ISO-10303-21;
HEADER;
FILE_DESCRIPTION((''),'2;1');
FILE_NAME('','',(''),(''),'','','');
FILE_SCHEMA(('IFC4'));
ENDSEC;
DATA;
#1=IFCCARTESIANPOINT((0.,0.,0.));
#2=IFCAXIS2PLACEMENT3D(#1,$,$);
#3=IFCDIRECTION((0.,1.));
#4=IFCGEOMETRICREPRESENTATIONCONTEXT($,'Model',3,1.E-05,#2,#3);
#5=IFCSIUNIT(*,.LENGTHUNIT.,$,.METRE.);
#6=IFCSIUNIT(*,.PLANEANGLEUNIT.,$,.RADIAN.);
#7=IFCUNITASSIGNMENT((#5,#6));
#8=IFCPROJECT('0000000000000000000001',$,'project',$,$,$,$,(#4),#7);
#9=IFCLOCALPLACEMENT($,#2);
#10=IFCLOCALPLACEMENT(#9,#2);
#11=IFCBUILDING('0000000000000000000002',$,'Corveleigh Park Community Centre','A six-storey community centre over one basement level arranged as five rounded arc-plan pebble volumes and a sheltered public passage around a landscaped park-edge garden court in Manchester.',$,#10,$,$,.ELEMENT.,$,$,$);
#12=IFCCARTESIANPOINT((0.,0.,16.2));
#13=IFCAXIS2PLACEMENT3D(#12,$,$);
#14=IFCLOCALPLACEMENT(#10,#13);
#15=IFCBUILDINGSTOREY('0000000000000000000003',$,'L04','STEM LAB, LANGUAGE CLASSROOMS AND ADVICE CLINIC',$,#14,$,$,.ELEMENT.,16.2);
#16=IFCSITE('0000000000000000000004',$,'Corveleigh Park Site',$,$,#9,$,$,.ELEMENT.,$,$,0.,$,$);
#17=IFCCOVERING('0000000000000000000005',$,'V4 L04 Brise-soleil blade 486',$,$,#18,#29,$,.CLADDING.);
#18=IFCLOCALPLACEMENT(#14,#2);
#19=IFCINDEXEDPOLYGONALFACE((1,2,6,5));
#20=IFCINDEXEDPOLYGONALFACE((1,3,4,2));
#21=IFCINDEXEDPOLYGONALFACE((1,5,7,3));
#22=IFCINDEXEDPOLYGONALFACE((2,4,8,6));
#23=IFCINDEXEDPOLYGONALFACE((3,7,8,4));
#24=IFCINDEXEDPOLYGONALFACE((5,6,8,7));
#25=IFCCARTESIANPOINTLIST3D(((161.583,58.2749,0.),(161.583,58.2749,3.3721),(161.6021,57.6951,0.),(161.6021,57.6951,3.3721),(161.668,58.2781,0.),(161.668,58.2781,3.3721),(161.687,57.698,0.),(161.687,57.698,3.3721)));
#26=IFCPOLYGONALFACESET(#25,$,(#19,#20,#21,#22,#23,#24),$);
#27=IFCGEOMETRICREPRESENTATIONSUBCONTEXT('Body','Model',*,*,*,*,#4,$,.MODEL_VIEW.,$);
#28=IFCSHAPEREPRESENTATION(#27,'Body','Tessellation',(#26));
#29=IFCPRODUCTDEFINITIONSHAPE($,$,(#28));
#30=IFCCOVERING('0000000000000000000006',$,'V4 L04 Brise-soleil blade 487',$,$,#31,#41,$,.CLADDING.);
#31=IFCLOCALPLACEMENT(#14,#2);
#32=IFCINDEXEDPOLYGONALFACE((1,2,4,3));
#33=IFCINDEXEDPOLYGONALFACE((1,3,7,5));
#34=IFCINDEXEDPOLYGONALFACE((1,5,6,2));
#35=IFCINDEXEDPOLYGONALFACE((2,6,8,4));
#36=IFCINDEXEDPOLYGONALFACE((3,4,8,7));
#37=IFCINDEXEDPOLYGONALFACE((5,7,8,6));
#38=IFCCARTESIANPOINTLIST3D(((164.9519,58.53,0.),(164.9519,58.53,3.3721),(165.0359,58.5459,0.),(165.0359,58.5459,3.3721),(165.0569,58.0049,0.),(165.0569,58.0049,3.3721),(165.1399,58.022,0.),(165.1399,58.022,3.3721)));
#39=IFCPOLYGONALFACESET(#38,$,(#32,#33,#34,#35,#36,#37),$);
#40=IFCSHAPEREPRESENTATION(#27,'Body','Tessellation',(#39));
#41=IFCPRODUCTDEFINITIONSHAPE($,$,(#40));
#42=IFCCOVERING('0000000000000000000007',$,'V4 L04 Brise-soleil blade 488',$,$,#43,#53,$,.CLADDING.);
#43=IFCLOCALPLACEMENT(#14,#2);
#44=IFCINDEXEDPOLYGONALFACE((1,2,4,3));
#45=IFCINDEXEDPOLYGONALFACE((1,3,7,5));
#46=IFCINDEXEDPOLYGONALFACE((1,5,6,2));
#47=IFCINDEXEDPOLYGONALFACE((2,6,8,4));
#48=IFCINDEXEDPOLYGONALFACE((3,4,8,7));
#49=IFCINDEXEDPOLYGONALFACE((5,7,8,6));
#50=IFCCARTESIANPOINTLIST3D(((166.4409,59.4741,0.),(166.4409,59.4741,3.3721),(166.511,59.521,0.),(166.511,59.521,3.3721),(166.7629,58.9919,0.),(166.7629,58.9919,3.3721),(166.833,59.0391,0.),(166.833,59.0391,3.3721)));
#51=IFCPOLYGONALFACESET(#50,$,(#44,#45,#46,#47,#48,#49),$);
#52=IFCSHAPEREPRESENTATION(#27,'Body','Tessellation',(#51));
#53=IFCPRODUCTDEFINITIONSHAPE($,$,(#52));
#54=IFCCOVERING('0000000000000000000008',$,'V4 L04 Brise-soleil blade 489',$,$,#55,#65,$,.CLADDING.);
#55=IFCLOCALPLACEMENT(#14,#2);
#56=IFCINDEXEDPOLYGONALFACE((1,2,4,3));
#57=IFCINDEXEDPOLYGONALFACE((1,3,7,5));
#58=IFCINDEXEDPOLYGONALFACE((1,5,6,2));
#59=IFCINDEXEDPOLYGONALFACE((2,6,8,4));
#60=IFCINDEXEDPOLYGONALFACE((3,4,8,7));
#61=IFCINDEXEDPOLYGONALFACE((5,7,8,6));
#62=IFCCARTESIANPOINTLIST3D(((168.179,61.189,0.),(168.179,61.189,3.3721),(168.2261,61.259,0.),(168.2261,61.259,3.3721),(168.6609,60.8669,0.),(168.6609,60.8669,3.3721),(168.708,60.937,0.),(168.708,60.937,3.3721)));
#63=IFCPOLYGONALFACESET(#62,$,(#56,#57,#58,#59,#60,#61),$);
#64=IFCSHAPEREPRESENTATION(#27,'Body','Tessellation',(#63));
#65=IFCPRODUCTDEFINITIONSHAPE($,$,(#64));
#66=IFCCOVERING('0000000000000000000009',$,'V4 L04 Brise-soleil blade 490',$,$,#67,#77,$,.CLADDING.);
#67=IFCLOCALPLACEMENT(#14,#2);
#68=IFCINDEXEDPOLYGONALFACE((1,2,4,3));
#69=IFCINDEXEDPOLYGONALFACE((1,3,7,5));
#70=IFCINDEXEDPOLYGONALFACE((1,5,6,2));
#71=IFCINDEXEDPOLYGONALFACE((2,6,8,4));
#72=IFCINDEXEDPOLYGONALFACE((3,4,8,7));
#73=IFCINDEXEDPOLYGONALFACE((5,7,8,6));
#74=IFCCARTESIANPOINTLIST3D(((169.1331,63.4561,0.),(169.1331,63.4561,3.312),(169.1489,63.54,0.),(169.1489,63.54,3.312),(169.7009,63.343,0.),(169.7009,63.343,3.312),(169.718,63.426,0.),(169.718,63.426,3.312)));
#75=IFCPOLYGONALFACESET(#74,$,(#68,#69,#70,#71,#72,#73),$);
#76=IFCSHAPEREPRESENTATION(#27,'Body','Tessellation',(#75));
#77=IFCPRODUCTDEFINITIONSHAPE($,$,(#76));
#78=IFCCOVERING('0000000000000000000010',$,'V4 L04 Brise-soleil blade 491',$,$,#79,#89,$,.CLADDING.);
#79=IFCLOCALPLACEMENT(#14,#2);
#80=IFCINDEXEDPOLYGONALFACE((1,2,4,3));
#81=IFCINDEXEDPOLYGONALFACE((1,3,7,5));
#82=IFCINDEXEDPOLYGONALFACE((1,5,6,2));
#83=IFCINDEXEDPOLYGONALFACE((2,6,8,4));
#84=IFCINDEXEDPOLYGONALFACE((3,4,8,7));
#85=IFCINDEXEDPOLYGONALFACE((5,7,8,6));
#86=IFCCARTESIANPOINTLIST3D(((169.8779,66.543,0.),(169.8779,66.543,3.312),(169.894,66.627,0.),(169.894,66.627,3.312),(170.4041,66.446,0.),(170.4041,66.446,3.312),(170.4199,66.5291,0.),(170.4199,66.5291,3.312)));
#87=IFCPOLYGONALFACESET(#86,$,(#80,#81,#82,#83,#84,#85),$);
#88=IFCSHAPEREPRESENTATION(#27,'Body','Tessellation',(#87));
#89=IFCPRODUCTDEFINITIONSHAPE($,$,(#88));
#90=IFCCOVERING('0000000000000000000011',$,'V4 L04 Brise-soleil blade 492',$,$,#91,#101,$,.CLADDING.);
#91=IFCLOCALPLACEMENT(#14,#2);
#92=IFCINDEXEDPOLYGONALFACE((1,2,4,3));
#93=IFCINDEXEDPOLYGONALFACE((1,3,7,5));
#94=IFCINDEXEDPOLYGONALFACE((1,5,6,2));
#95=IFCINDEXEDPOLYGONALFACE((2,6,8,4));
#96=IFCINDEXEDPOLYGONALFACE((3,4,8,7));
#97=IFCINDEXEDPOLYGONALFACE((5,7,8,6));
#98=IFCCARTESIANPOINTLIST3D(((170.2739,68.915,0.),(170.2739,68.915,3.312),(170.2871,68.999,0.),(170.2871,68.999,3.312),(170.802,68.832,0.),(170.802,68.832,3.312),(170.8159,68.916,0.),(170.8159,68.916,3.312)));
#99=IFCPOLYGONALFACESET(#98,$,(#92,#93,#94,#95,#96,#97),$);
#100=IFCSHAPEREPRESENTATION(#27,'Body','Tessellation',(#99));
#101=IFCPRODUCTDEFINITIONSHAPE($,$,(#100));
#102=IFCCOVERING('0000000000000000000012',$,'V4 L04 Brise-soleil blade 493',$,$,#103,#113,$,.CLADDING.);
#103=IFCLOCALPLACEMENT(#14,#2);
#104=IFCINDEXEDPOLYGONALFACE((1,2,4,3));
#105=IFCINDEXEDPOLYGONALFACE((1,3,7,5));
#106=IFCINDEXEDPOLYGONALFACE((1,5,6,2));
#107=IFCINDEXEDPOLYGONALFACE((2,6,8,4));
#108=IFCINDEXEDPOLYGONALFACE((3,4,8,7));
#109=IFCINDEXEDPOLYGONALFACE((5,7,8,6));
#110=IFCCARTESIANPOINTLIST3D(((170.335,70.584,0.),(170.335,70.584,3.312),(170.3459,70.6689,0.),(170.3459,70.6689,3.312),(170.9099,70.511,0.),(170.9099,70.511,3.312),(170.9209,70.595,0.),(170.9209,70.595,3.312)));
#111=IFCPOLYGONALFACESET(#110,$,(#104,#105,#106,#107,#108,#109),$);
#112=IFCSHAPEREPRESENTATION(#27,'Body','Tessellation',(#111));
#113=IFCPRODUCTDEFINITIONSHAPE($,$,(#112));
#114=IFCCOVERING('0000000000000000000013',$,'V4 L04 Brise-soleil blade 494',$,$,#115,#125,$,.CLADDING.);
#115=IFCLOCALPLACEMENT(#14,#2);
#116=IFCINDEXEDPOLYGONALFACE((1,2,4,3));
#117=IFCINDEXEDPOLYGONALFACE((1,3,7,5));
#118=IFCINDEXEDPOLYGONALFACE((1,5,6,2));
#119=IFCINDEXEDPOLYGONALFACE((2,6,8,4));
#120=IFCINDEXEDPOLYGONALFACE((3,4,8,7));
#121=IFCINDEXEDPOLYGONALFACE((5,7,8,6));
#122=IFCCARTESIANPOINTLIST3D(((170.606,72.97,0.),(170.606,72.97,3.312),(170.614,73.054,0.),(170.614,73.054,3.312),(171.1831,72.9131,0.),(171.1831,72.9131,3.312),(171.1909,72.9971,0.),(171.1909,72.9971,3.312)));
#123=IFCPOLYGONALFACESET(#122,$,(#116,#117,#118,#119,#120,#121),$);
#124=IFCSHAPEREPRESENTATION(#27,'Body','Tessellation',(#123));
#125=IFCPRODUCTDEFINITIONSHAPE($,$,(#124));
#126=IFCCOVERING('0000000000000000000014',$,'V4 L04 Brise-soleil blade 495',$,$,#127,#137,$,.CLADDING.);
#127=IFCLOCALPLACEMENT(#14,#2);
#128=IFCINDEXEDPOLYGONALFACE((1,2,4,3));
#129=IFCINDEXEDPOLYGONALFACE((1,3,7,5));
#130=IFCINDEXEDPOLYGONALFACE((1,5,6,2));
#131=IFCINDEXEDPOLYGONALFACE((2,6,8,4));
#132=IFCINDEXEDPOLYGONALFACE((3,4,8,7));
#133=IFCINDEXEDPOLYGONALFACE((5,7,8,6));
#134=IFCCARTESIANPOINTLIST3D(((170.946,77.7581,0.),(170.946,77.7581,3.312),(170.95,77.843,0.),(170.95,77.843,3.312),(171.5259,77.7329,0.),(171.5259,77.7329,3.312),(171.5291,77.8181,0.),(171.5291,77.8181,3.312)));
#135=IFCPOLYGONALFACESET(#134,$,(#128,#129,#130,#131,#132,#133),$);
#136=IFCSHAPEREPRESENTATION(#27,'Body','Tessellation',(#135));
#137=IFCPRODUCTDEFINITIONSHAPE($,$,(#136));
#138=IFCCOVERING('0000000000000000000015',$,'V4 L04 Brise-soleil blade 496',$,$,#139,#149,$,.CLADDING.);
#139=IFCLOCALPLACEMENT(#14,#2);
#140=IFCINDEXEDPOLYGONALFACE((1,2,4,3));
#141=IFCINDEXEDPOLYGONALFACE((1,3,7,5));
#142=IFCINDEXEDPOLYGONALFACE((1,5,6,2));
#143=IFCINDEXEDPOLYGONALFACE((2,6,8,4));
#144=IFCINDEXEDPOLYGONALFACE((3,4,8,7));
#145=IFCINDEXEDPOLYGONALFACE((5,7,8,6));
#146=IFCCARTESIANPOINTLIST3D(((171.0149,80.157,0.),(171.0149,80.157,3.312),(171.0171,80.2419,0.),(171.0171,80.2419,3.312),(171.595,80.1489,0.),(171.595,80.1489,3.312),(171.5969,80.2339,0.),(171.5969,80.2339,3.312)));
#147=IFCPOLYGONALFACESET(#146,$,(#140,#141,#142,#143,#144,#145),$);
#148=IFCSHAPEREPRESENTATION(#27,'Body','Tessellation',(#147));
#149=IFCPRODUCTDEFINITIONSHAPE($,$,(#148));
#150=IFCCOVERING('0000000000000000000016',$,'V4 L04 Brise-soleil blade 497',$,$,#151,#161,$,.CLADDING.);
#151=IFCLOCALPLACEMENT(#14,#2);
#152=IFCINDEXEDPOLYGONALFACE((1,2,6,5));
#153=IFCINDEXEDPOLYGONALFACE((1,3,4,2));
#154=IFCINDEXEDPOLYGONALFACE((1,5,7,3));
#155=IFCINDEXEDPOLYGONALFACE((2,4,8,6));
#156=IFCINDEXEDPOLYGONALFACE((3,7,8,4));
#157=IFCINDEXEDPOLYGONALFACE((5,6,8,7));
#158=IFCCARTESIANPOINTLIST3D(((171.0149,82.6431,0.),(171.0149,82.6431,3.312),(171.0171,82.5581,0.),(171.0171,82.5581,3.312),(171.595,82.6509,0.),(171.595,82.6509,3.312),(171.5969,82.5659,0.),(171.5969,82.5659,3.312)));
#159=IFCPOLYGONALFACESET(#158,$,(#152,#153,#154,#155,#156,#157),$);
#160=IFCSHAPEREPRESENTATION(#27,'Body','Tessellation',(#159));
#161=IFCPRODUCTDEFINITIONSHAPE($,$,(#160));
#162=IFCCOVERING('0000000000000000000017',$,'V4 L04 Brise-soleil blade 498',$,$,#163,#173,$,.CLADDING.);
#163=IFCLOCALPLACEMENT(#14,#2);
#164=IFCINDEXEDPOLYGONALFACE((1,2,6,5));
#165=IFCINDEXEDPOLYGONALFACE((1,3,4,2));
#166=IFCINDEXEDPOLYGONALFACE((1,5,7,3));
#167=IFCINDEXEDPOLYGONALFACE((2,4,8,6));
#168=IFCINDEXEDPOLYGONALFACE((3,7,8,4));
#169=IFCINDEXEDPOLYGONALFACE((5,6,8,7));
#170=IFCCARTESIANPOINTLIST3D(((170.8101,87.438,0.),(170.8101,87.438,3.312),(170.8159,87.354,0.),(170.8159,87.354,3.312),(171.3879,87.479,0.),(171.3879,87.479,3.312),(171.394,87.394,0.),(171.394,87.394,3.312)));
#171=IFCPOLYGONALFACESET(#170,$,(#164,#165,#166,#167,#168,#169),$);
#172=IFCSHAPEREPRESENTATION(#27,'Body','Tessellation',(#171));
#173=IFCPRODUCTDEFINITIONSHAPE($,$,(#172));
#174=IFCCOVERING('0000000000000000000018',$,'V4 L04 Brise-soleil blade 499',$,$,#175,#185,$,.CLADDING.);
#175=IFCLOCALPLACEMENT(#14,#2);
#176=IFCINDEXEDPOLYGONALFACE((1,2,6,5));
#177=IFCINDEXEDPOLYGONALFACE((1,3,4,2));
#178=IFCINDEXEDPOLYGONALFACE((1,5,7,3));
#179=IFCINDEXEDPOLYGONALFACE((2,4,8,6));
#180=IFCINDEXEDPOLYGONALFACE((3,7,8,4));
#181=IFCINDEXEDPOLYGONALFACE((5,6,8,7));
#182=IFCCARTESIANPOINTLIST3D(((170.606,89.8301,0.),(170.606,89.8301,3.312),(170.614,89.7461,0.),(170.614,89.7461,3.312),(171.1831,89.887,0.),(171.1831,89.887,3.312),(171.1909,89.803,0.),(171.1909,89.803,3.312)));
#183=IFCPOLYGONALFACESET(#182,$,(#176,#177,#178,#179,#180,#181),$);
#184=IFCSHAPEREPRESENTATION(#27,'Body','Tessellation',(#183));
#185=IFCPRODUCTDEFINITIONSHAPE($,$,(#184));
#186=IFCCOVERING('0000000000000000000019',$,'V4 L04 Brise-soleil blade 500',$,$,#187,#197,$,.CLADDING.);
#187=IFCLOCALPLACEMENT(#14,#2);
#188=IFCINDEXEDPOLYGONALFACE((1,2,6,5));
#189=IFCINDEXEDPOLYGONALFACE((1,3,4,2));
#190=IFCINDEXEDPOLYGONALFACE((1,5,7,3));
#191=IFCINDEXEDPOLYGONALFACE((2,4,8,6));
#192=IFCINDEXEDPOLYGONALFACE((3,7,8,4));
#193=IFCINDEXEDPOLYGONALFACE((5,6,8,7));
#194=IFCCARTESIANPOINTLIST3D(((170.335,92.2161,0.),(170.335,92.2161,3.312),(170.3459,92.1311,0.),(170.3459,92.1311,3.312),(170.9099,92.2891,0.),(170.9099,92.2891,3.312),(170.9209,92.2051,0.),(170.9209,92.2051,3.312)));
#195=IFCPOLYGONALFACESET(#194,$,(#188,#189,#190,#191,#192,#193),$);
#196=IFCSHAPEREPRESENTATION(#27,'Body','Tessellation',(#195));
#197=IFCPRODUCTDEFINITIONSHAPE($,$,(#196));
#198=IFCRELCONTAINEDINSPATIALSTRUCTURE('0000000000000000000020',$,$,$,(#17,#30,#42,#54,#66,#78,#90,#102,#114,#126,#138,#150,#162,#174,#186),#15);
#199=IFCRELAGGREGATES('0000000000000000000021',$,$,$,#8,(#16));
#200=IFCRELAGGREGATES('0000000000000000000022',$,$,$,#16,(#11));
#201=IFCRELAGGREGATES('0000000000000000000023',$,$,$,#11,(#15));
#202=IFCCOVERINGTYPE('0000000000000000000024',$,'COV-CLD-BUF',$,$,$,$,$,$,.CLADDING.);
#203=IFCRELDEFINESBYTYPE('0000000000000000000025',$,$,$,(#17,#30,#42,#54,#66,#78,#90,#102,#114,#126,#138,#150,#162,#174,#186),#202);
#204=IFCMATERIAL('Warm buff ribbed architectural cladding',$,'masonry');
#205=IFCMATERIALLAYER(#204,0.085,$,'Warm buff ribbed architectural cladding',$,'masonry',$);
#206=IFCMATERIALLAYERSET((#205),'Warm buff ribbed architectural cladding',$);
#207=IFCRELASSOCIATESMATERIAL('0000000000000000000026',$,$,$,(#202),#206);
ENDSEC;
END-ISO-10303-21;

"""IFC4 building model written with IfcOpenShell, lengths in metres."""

from ifc_helpers import new_model, si_unit, direction, frame, origin, place, context, subcontext, project, spatial, polyline, outline, extrude, material, layer, layer_set, type_object, element, save


model = new_model("IFC4")

# Units and contexts
model_context = context("Model", 3, precision=1e-05, world=origin(), true_north=direction((0.0, 1.0)))
body_context = subcontext(model_context, "Body", "Model", "MODEL_VIEW")
ifc_project = project(units=[si_unit("LENGTHUNIT", "METRE"), si_unit("PLANEANGLEUNIT", "RADIAN")], contexts=[model_context])

# Site, building, storey
site_placement = place(None, origin())
site = spatial("IfcSite", under=ifc_project, at=site_placement, Name="Corveleigh Park Site", CompositionType="ELEMENT", RefElevation=0.0)
building_placement = place(site_placement, origin())
building = spatial("IfcBuilding", under=site, at=building_placement, Name="Corveleigh Park Community Centre", Description="A six-storey community centre over one basement level arranged as five rounded arc-plan pebble volumes and a sheltered public passage around a landscaped park-edge garden court in Manchester.", CompositionType="ELEMENT")
storey_placement = place(building_placement, frame((0.0, 0.0, 16.2)))
storey = spatial("IfcBuildingStorey", under=building, at=storey_placement, Name="L04", Description="STEM LAB, LANGUAGE CLASSROOMS AND ADVICE CLINIC", CompositionType="ELEMENT", Elevation=16.2)

# Coverings
ifc_material_1 = material(Name="Warm buff ribbed architectural cladding", Category="masonry")
ifc_layer_1 = layer(ifc_material_1, 0.085, Name="Warm buff ribbed architectural cladding", Category="masonry")
ifc_layer_set_1 = layer_set([ifc_layer_1], Name="Warm buff ribbed architectural cladding")
covering_type = type_object("IfcCoveringType", Name="COV-CLD-BUF", PredefinedType="CLADDING", material=ifc_layer_set_1)
covering_1_placement = place(storey_placement, origin())
element("IfcCovering", 1, at=covering_1_placement, inside=storey, type_object=covering_type, Name="V4 L04 Brise-soleil blade 486", PredefinedType="CLADDING", context=body_context, shape_type="SweptSolid", body=[
    extrude(outline(polyline([(161.668, 58.2781), (161.583, 58.2749), (161.6021, 57.6951), (161.687, 57.698), (161.668, 58.2781)])), origin(), (0.0, 0.0, 1.0), 3.3721),
])
covering_2_placement = place(storey_placement, origin())
element("IfcCovering", 2, at=covering_2_placement, inside=storey, type_object=covering_type, Name="V4 L04 Brise-soleil blade 487", PredefinedType="CLADDING", context=body_context, shape_type="SweptSolid", body=[
    extrude(outline(polyline([(165.0359, 58.5459), (164.9519, 58.53), (165.0569, 58.0049), (165.1399, 58.022), (165.0359, 58.5459)])), origin(), (0.0, 0.0, 1.0), 3.3721),
])
covering_3_placement = place(storey_placement, origin())
element("IfcCovering", 3, at=covering_3_placement, inside=storey, type_object=covering_type, Name="V4 L04 Brise-soleil blade 488", PredefinedType="CLADDING", context=body_context, shape_type="SweptSolid", body=[
    extrude(outline(polyline([(166.511, 59.521), (166.4409, 59.4741), (166.7629, 58.9919), (166.833, 59.0391), (166.511, 59.521)])), origin(), (0.0, 0.0, 1.0), 3.3721),
])
covering_4_placement = place(storey_placement, origin())
element("IfcCovering", 4, at=covering_4_placement, inside=storey, type_object=covering_type, Name="V4 L04 Brise-soleil blade 489", PredefinedType="CLADDING", context=body_context, shape_type="SweptSolid", body=[
    extrude(outline(polyline([(168.2261, 61.259), (168.179, 61.189), (168.6609, 60.8669), (168.708, 60.937), (168.2261, 61.259)])), origin(), (0.0, 0.0, 1.0), 3.3721),
])
covering_5_placement = place(storey_placement, origin())
element("IfcCovering", 5, at=covering_5_placement, inside=storey, type_object=covering_type, Name="V4 L04 Brise-soleil blade 490", PredefinedType="CLADDING", context=body_context, shape_type="SweptSolid", body=[
    extrude(outline(polyline([(169.1489, 63.54), (169.1331, 63.4561), (169.7009, 63.343), (169.718, 63.426), (169.1489, 63.54)])), origin(), (0.0, 0.0, 1.0), 3.312),
])
covering_6_placement = place(storey_placement, origin())
element("IfcCovering", 6, at=covering_6_placement, inside=storey, type_object=covering_type, Name="V4 L04 Brise-soleil blade 491", PredefinedType="CLADDING", context=body_context, shape_type="SweptSolid", body=[
    extrude(outline(polyline([(169.894, 66.627), (169.8779, 66.543), (170.4041, 66.446), (170.4199, 66.5291), (169.894, 66.627)])), origin(), (0.0, 0.0, 1.0), 3.312),
])
covering_7_placement = place(storey_placement, origin())
element("IfcCovering", 7, at=covering_7_placement, inside=storey, type_object=covering_type, Name="V4 L04 Brise-soleil blade 492", PredefinedType="CLADDING", context=body_context, shape_type="SweptSolid", body=[
    extrude(outline(polyline([(170.2871, 68.999), (170.2739, 68.915), (170.802, 68.832), (170.8159, 68.916), (170.2871, 68.999)])), origin(), (0.0, 0.0, 1.0), 3.312),
])
covering_8_placement = place(storey_placement, origin())
element("IfcCovering", 8, at=covering_8_placement, inside=storey, type_object=covering_type, Name="V4 L04 Brise-soleil blade 493", PredefinedType="CLADDING", context=body_context, shape_type="SweptSolid", body=[
    extrude(outline(polyline([(170.3459, 70.6689), (170.335, 70.584), (170.9099, 70.511), (170.9209, 70.595), (170.3459, 70.6689)])), origin(), (0.0, 0.0, 1.0), 3.312),
])
covering_9_placement = place(storey_placement, origin())
element("IfcCovering", 9, at=covering_9_placement, inside=storey, type_object=covering_type, Name="V4 L04 Brise-soleil blade 494", PredefinedType="CLADDING", context=body_context, shape_type="SweptSolid", body=[
    extrude(outline(polyline([(170.614, 73.054), (170.606, 72.97), (171.1831, 72.9131), (171.1909, 72.9971), (170.614, 73.054)])), origin(), (0.0, 0.0, 1.0), 3.312),
])
covering_10_placement = place(storey_placement, origin())
element("IfcCovering", 10, at=covering_10_placement, inside=storey, type_object=covering_type, Name="V4 L04 Brise-soleil blade 495", PredefinedType="CLADDING", context=body_context, shape_type="SweptSolid", body=[
    extrude(outline(polyline([(170.95, 77.843), (170.946, 77.7581), (171.5259, 77.7329), (171.5291, 77.8181), (170.95, 77.843)])), origin(), (0.0, 0.0, 1.0), 3.312),
])
covering_11_placement = place(storey_placement, origin())
element("IfcCovering", 11, at=covering_11_placement, inside=storey, type_object=covering_type, Name="V4 L04 Brise-soleil blade 496", PredefinedType="CLADDING", context=body_context, shape_type="SweptSolid", body=[
    extrude(outline(polyline([(171.0171, 80.2419), (171.0149, 80.157), (171.595, 80.1489), (171.5969, 80.2339), (171.0171, 80.2419)])), origin(), (0.0, 0.0, 1.0), 3.312),
])
covering_12_placement = place(storey_placement, origin())
element("IfcCovering", 12, at=covering_12_placement, inside=storey, type_object=covering_type, Name="V4 L04 Brise-soleil blade 497", PredefinedType="CLADDING", context=body_context, shape_type="SweptSolid", body=[
    extrude(outline(polyline([(171.0149, 82.6431), (171.0171, 82.5581), (171.5969, 82.5659), (171.595, 82.6509), (171.0149, 82.6431)])), origin(), (0.0, 0.0, 1.0), 3.312),
])
covering_13_placement = place(storey_placement, origin())
element("IfcCovering", 13, at=covering_13_placement, inside=storey, type_object=covering_type, Name="V4 L04 Brise-soleil blade 498", PredefinedType="CLADDING", context=body_context, shape_type="SweptSolid", body=[
    extrude(outline(polyline([(170.8101, 87.438), (170.8159, 87.354), (171.394, 87.394), (171.3879, 87.479), (170.8101, 87.438)])), origin(), (0.0, 0.0, 1.0), 3.312),
])
covering_14_placement = place(storey_placement, origin())
element("IfcCovering", 14, at=covering_14_placement, inside=storey, type_object=covering_type, Name="V4 L04 Brise-soleil blade 499", PredefinedType="CLADDING", context=body_context, shape_type="SweptSolid", body=[
    extrude(outline(polyline([(170.606, 89.8301), (170.614, 89.7461), (171.1909, 89.803), (171.1831, 89.887), (170.606, 89.8301)])), origin(), (0.0, 0.0, 1.0), 3.312),
])
covering_15_placement = place(storey_placement, origin())
element("IfcCovering", 15, at=covering_15_placement, inside=storey, type_object=covering_type, Name="V4 L04 Brise-soleil blade 500", PredefinedType="CLADDING", context=body_context, shape_type="SweptSolid", body=[
    extrude(outline(polyline([(170.335, 92.2161), (170.3459, 92.1311), (170.9209, 92.2051), (170.9099, 92.2891), (170.335, 92.2161)])), origin(), (0.0, 0.0, 1.0), 3.312),
])

save(model, "model.ifc")
